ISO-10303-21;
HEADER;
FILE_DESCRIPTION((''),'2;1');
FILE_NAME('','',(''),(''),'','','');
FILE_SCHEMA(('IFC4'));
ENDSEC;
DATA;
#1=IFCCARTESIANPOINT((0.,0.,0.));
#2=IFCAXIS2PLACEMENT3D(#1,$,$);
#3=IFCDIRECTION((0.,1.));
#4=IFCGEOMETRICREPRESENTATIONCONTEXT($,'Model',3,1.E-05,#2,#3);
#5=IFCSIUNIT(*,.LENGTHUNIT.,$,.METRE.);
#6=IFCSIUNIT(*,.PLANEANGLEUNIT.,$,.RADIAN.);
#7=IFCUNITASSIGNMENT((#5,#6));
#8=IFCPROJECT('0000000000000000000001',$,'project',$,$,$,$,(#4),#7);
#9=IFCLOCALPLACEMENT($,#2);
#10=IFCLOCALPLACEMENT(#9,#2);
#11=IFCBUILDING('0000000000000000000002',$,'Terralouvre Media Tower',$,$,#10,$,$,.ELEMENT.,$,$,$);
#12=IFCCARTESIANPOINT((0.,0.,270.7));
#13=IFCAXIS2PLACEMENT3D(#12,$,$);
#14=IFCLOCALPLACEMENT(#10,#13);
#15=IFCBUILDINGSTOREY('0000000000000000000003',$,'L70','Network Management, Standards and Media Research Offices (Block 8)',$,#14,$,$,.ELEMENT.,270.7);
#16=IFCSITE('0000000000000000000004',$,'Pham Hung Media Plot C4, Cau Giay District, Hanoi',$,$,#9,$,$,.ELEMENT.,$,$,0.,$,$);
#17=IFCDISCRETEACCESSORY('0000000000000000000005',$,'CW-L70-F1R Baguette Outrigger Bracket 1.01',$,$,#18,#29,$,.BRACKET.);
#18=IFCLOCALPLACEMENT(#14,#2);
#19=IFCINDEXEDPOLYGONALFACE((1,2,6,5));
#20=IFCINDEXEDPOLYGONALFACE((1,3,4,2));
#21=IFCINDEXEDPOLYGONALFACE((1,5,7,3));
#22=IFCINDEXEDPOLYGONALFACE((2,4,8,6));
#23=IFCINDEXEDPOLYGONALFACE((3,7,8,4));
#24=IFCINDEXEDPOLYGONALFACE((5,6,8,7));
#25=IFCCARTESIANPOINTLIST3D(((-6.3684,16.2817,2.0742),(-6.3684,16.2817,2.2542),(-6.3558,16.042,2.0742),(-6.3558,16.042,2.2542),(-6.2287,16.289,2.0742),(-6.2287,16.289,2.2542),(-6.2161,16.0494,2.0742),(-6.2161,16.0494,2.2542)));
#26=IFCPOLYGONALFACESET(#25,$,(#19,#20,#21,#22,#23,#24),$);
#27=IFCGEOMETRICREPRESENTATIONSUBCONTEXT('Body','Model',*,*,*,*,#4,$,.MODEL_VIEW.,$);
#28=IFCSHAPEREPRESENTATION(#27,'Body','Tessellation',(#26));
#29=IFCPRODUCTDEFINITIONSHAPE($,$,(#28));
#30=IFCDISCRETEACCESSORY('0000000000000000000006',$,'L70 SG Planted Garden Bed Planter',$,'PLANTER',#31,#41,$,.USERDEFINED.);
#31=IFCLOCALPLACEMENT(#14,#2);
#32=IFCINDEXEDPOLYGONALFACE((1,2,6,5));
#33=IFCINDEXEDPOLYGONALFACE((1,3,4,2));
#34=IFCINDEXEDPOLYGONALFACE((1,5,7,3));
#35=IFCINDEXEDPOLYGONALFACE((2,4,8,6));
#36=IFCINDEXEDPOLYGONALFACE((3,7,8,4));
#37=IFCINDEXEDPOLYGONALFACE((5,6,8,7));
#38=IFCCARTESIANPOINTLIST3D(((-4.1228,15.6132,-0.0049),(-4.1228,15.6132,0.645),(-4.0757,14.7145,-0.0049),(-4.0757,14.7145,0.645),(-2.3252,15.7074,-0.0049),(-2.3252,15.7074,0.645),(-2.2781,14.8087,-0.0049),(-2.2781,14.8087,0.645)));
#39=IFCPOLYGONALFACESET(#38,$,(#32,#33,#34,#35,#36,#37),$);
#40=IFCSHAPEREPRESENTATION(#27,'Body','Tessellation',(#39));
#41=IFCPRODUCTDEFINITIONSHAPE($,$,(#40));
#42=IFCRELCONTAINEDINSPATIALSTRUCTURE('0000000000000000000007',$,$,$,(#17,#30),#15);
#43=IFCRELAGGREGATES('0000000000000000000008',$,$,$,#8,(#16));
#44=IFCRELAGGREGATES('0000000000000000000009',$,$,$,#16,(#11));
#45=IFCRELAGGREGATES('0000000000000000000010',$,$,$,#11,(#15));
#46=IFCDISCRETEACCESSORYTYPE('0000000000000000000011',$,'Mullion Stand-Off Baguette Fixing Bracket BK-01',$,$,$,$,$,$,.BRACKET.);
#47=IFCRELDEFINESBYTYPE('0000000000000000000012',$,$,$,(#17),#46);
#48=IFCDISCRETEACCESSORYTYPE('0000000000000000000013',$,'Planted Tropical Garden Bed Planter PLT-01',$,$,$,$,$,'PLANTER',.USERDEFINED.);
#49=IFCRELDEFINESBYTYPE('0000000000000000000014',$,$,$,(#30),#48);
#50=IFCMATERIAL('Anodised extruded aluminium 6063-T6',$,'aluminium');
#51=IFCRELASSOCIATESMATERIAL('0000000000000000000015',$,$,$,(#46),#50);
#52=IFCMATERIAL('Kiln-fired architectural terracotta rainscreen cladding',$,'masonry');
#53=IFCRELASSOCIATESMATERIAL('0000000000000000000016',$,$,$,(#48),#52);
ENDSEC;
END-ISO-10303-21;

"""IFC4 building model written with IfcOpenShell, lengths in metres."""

from ifc_helpers import new_model, si_unit, direction, frame, origin, origin_2d, place, context, subcontext, project, spatial, rectangle, extrude, material, type_object, element, save


model = new_model("IFC4")

# Units and contexts
model_context = context("Model", 3, precision=1e-05, world=origin(), true_north=direction((0.0, 1.0)))
body_context = subcontext(model_context, "Body", "Model", "MODEL_VIEW")
ifc_project = project(units=[si_unit("LENGTHUNIT", "METRE"), si_unit("PLANEANGLEUNIT", "RADIAN")], contexts=[model_context])

# Site, building, storey
site_placement = place(None, origin())
site = spatial("IfcSite", under=ifc_project, at=site_placement, Name="Pham Hung Media Plot C4, Cau Giay District, Hanoi", CompositionType="ELEMENT", RefElevation=0.0)
building_placement = place(site_placement, origin())
building = spatial("IfcBuilding", under=site, at=building_placement, Name="Terralouvre Media Tower", CompositionType="ELEMENT")
storey_placement = place(building_placement, frame((0.0, 0.0, 270.7)))
storey = spatial("IfcBuildingStorey", under=building, at=storey_placement, Name="L70", Description="Network Management, Standards and Media Research Offices (Block 8)", CompositionType="ELEMENT", Elevation=270.7)

# Discrete accessories
ifc_material_1 = material(Name="Anodised extruded aluminium 6063-T6", Category="aluminium")
discrete_accessory_type_1 = type_object("IfcDiscreteAccessoryType", Name="Mullion Stand-Off Baguette Fixing Bracket BK-01", PredefinedType="BRACKET", material=ifc_material_1)
discrete_accessory_1_placement = place(storey_placement, frame((-6.2922, 16.1655, 2.0742), z_axis=(0.0, 0.0, 1.0), x_axis=(-0.99863, -0.052336, 0.0)))
element("IfcDiscreteAccessory", 1, at=discrete_accessory_1_placement, inside=storey, type_object=discrete_accessory_type_1, Name="CW-L70-F1R Baguette Outrigger Bracket 1.01", PredefinedType="BRACKET", context=body_context, shape_type="SweptSolid", body=[
    extrude(rectangle(XDim=0.1399, YDim=0.24, at=origin_2d()), origin(), (0.0, 0.0, 1.0), 0.1799),
])
ifc_material_2 = material(Name="Kiln-fired architectural terracotta rainscreen cladding", Category="masonry")
discrete_accessory_type_2 = type_object("IfcDiscreteAccessoryType", Name="Planted Tropical Garden Bed Planter PLT-01", ElementType="PLANTER", PredefinedType="USERDEFINED", material=ifc_material_2)
discrete_accessory_2_placement = place(storey_placement, frame((-3.2004, 15.2109, -0.0049), z_axis=(0.0, 0.0, 1.0), x_axis=(-0.99863, -0.052336, 0.0)))
element("IfcDiscreteAccessory", 2, at=discrete_accessory_2_placement, inside=storey, type_object=discrete_accessory_type_2, Name="L70 SG Planted Garden Bed Planter", ObjectType="PLANTER", PredefinedType="USERDEFINED", context=body_context, shape_type="SweptSolid", body=[
    extrude(rectangle(XDim=1.8, YDim=0.8999, at=origin_2d()), origin(), (0.0, 0.0, 1.0), 0.6499),
])

save(model, "model.ifc")
